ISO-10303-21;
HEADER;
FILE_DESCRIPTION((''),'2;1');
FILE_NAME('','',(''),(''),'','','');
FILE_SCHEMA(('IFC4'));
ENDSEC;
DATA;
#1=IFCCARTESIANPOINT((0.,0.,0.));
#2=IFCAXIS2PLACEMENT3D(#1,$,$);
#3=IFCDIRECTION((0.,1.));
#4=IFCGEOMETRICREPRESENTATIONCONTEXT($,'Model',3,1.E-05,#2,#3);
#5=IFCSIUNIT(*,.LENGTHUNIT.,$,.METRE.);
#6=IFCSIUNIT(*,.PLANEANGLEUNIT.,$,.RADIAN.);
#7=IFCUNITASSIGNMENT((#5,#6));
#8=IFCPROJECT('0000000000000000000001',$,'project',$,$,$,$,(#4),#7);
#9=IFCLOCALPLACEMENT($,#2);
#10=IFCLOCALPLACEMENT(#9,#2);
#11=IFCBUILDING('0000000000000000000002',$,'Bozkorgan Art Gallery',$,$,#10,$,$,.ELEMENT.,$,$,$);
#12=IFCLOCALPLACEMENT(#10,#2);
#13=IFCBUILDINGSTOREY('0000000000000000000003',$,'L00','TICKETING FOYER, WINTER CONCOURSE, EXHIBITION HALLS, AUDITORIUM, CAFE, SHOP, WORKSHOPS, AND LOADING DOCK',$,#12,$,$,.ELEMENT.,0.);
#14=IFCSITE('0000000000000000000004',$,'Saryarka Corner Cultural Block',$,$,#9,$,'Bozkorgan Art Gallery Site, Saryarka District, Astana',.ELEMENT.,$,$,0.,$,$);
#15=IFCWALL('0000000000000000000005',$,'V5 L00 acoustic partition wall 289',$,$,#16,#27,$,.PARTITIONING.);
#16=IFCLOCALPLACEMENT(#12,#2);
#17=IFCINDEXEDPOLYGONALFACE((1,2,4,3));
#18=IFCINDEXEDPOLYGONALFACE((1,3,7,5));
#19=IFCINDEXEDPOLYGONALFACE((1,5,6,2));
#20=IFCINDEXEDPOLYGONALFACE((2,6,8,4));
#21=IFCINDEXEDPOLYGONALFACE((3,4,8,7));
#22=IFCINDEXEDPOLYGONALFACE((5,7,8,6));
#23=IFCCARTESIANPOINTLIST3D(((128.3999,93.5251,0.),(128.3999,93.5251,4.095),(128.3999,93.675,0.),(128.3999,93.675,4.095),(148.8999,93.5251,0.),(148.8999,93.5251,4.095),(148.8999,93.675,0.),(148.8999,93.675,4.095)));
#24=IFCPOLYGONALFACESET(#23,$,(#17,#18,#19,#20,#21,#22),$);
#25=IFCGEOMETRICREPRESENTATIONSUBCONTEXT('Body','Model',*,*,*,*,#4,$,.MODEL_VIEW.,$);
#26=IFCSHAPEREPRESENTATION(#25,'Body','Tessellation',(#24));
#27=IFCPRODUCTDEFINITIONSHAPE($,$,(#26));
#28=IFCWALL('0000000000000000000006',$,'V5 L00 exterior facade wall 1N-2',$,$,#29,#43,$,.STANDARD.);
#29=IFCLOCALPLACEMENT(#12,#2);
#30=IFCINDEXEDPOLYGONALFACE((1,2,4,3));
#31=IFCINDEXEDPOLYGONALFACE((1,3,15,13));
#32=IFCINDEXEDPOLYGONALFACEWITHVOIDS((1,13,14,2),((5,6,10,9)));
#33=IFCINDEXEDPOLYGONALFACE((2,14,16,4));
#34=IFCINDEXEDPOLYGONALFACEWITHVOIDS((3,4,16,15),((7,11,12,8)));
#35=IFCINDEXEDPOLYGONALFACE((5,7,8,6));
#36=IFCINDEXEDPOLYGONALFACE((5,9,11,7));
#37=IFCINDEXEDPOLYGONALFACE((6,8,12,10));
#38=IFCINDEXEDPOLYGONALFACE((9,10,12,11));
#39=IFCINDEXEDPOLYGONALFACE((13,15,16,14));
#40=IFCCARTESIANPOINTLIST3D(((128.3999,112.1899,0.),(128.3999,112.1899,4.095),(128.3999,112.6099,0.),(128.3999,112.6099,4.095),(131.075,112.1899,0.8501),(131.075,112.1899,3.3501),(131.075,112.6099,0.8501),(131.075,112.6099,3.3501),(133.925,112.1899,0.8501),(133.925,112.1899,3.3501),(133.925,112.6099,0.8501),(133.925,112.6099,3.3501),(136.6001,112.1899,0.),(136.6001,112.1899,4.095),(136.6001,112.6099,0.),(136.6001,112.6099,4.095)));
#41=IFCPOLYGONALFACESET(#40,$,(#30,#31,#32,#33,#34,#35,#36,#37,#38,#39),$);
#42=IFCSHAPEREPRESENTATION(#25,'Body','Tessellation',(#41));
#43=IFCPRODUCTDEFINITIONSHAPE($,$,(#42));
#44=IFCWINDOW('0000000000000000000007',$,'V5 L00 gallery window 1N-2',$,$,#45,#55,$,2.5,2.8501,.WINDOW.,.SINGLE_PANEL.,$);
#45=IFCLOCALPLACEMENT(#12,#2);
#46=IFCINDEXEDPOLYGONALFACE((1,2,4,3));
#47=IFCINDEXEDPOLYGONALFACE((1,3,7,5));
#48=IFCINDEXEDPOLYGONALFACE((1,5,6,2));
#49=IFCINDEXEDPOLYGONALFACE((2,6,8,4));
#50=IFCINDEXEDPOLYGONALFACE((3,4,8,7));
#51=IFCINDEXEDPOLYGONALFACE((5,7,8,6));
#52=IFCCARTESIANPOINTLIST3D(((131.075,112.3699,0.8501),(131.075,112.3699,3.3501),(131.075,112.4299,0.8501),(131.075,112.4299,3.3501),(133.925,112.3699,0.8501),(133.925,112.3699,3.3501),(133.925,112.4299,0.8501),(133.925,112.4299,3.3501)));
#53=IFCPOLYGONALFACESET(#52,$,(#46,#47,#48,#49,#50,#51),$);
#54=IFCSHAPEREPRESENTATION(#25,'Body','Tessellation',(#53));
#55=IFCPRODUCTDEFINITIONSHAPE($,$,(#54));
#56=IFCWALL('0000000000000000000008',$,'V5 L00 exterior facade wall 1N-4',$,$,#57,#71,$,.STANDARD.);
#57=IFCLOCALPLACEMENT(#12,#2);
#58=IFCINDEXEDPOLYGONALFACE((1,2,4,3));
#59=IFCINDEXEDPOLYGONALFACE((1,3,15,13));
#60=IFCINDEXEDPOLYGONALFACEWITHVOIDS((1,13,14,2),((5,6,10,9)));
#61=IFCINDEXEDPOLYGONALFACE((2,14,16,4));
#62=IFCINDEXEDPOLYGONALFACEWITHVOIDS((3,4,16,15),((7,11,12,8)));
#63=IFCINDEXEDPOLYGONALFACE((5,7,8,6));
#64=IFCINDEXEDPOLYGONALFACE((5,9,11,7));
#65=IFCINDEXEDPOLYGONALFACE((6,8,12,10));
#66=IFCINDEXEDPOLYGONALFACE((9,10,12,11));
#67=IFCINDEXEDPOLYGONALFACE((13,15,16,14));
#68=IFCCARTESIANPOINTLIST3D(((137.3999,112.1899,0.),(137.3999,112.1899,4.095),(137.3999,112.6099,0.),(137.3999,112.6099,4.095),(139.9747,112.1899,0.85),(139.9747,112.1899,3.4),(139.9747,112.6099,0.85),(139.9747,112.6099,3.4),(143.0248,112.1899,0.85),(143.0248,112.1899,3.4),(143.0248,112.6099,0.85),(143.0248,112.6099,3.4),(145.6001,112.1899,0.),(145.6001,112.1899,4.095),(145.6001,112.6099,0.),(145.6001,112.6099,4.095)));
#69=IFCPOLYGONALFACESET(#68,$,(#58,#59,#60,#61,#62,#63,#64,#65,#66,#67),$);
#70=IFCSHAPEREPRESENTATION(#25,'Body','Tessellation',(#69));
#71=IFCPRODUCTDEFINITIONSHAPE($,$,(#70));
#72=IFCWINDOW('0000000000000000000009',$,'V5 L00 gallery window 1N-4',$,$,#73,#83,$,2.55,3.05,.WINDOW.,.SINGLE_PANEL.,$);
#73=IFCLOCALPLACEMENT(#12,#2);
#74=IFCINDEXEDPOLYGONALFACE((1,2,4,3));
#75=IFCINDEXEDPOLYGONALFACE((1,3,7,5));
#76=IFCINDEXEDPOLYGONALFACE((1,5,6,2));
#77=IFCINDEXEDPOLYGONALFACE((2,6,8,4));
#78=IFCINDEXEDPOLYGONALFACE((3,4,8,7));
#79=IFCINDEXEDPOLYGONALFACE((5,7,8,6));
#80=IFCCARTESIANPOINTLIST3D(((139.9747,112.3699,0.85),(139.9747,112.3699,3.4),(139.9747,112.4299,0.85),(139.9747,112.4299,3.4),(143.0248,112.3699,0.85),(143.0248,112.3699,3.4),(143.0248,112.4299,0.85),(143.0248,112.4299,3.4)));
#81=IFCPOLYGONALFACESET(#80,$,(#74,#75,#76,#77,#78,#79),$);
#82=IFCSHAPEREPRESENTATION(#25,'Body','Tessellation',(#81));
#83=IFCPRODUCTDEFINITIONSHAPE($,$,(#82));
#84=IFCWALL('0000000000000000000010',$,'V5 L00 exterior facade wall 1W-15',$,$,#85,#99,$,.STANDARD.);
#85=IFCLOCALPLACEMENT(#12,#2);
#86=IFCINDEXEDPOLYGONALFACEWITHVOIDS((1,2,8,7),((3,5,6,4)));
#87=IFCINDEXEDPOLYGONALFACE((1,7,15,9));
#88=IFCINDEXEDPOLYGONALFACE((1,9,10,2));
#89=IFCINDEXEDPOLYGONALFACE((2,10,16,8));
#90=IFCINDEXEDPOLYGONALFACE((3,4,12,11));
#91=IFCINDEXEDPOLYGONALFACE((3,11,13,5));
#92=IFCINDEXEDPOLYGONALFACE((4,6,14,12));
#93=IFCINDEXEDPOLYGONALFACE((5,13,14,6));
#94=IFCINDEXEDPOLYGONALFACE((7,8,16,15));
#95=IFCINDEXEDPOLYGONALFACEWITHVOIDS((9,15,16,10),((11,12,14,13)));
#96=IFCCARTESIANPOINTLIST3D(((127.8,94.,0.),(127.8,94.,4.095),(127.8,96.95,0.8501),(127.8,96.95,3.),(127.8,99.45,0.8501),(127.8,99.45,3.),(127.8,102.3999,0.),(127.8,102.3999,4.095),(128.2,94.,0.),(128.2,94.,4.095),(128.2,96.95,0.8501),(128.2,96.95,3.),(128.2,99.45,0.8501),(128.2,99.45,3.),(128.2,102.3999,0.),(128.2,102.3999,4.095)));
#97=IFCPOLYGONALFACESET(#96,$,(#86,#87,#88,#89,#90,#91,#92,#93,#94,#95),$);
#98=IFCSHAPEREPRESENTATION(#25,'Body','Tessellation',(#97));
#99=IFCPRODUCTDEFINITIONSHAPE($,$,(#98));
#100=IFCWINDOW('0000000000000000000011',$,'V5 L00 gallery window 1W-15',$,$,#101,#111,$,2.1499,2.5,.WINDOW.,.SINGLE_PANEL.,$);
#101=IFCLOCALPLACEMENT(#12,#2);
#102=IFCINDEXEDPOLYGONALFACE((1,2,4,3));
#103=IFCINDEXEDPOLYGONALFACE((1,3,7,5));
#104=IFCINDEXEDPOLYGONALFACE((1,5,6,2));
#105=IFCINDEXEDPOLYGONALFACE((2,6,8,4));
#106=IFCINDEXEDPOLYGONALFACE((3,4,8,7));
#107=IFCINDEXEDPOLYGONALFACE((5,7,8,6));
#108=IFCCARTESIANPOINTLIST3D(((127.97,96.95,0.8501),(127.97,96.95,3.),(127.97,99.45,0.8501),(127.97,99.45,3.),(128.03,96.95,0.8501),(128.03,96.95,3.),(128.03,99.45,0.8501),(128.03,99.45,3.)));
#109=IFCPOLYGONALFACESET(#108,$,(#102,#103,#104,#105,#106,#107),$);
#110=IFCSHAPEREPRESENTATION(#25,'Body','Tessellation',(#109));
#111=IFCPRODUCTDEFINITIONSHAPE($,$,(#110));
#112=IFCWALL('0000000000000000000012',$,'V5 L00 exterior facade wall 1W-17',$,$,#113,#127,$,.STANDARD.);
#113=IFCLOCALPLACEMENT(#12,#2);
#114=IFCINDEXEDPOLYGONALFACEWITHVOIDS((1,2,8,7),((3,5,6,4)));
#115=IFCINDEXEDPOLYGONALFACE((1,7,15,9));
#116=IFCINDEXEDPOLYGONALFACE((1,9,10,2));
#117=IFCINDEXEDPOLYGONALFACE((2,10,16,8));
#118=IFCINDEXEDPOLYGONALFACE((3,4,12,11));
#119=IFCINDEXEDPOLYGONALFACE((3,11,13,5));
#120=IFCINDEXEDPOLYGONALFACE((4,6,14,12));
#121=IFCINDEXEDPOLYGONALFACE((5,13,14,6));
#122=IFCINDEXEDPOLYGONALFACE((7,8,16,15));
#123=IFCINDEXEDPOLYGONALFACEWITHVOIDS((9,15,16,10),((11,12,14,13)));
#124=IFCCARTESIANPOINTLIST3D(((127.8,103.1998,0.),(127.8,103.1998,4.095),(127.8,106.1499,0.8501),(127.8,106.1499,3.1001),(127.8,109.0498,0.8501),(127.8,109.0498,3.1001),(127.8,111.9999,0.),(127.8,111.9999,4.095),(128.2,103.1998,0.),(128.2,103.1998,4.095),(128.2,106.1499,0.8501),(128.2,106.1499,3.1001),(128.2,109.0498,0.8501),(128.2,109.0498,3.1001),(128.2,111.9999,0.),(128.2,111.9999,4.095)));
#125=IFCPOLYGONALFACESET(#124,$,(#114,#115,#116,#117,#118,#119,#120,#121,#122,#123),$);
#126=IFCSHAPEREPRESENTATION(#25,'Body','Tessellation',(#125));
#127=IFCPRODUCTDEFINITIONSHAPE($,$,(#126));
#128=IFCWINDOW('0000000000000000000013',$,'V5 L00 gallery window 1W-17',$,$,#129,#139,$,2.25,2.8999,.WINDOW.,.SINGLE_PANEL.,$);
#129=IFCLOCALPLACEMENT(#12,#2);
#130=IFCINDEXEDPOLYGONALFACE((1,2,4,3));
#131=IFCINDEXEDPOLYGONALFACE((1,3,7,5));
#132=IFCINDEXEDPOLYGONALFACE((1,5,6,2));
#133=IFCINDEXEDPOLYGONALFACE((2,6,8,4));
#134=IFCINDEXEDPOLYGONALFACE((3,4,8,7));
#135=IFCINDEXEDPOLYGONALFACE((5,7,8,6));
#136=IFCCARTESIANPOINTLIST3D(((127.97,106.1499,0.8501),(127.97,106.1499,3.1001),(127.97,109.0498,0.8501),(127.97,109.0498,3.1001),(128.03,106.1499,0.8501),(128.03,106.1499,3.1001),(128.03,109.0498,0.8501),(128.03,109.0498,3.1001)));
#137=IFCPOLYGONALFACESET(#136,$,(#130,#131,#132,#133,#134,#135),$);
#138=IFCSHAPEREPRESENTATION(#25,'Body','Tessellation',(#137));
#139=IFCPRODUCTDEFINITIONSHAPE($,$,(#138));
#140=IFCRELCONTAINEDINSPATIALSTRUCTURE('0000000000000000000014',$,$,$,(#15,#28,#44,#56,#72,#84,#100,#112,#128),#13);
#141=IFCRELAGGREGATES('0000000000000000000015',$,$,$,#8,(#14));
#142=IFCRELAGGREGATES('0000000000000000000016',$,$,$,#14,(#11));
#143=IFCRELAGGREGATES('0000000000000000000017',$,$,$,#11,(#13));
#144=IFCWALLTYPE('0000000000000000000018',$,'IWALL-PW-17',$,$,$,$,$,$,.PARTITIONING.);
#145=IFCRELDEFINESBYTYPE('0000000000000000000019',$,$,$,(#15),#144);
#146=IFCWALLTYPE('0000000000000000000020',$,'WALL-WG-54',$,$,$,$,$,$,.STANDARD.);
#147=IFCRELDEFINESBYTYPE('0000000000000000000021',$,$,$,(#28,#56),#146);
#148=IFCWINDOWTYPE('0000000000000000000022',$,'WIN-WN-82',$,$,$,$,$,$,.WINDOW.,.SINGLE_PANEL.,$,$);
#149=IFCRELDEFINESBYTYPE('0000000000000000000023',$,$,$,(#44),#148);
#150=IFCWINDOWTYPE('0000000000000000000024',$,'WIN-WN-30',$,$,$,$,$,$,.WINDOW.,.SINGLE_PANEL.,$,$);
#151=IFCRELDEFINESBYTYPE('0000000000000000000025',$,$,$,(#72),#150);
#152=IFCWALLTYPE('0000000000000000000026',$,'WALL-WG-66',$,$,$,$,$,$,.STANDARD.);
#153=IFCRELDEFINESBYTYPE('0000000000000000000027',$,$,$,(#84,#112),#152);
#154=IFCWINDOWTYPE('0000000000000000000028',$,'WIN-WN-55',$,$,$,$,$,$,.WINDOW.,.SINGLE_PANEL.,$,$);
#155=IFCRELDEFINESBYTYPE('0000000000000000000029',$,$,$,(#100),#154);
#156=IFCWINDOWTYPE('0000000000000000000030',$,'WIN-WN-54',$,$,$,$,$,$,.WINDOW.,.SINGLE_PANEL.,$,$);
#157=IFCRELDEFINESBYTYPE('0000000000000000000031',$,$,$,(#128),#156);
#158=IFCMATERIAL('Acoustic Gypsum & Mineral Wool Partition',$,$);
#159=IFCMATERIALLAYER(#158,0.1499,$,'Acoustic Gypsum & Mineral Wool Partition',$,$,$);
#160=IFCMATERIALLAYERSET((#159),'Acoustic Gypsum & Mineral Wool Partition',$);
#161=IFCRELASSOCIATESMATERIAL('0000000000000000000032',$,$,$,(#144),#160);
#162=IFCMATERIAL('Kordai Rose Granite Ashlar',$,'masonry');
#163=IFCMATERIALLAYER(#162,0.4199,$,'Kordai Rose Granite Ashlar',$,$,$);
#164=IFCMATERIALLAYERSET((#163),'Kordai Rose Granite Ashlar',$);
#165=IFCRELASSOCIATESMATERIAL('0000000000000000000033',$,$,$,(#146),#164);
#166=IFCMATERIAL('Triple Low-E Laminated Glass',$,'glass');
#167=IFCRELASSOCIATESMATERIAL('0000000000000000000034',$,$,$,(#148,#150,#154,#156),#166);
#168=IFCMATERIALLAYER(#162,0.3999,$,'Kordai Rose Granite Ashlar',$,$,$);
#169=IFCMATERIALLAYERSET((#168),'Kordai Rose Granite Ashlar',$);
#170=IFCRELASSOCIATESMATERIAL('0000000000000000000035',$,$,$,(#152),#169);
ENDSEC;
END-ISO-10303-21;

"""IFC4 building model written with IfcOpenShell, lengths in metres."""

from ifc_helpers import new_model, si_unit, direction, frame, frame_2d, origin, place, context, subcontext, project, spatial, rectangle, extrude, material, layer, layer_set, type_object, element, fill, save


model = new_model("IFC4")

# Units and contexts
model_context = context("Model", 3, precision=1e-05, world=origin(), true_north=direction((0.0, 1.0)))
body_context = subcontext(model_context, "Body", "Model", "MODEL_VIEW")
ifc_project = project(units=[si_unit("LENGTHUNIT", "METRE"), si_unit("PLANEANGLEUNIT", "RADIAN")], contexts=[model_context])

# Site, building, storey
site_placement = place(None, origin())
site = spatial("IfcSite", under=ifc_project, at=site_placement, Name="Saryarka Corner Cultural Block", LongName="Bozkorgan Art Gallery Site, Saryarka District, Astana", CompositionType="ELEMENT", RefElevation=0.0)
building_placement = place(site_placement, origin())
building = spatial("IfcBuilding", under=site, at=building_placement, Name="Bozkorgan Art Gallery", CompositionType="ELEMENT")
storey_placement = place(building_placement, origin())
storey = spatial("IfcBuildingStorey", under=building, at=storey_placement, Name="L00", Description="TICKETING FOYER, WINTER CONCOURSE, EXHIBITION HALLS, AUDITORIUM, CAFE, SHOP, WORKSHOPS, AND LOADING DOCK", CompositionType="ELEMENT", Elevation=0.0)

# Wall
ifc_material_1 = material(Name="Acoustic Gypsum & Mineral Wool Partition")
ifc_layer_1 = layer(ifc_material_1, 0.1499, Name="Acoustic Gypsum & Mineral Wool Partition")
ifc_layer_set_1 = layer_set([ifc_layer_1], Name="Acoustic Gypsum & Mineral Wool Partition")
wall_type_1 = type_object("IfcWallType", Name="IWALL-PW-17", PredefinedType="PARTITIONING", material=ifc_layer_set_1)
wall_1_placement = place(storey_placement, frame((128.3999, 93.6001, 0.0), z_axis=(0.0, 0.0, 1.0), x_axis=(1.0, 0.0, 0.0)))
element("IfcWall", 1, at=wall_1_placement, inside=storey, type_object=wall_type_1, Name="V5 L00 acoustic partition wall 289", PredefinedType="PARTITIONING", context=body_context, shape_type="SweptSolid", body=[
    extrude(rectangle(XDim=20.5, YDim=0.1499, at=frame_2d((10.25, 0.0))), origin(), (0.0, 0.0, 1.0), 4.095),
])

# Walls, openings, windows
ifc_material_2 = material(Name="Kordai Rose Granite Ashlar", Category="masonry")
ifc_layer_2 = layer(ifc_material_2, 0.4199, Name="Kordai Rose Granite Ashlar")
ifc_layer_set_2 = layer_set([ifc_layer_2], Name="Kordai Rose Granite Ashlar")
wall_type_2 = type_object("IfcWallType", Name="WALL-WG-54", PredefinedType="STANDARD", material=ifc_layer_set_2)
wall_2_placement = place(storey_placement, frame((128.3999, 112.3999, 0.0), z_axis=(0.0, 0.0, 1.0), x_axis=(1.0, 0.0, 0.0)))
wall_2 = element("IfcWall", 2, at=wall_2_placement, inside=storey, type_object=wall_type_2, Name="V5 L00 exterior facade wall 1N-2", PredefinedType="STANDARD", context=body_context, shape_type="SweptSolid", body=[
    extrude(rectangle(XDim=8.2002, YDim=0.4199, at=frame_2d((4.1001, 0.0))), origin(), (0.0, 0.0, 1.0), 4.095),
])
opening_1_placement = place(wall_2_placement, frame((2.675, 0.0, 0.8501)))
opening_1 = element("IfcOpeningElement", 3, at=opening_1_placement, cuts=wall_2, PredefinedType="OPENING", context=body_context, shape_type="SweptSolid", body=[
    extrude(rectangle(XDim=2.8501, YDim=2.5, at=frame_2d((1.425, 1.25))), frame((0.0, 0.22, 0.0), z_axis=(0.0, -1.0, 0.0), x_axis=(1.0, 0.0, 0.0)), (0.0, 0.0, 1.0), 0.4399),
])
ifc_material_3 = material(Name="Triple Low-E Laminated Glass", Category="glass")
window_type_1 = type_object("IfcWindowType", Name="WIN-WN-82", PartitioningType="SINGLE_PANEL", PredefinedType="WINDOW", material=ifc_material_3)
window_1_placement = place(opening_1_placement, origin())
window_1 = element("IfcWindow", 4, at=window_1_placement, inside=storey, type_object=window_type_1, Name="V5 L00 gallery window 1N-2", OverallHeight=2.5, OverallWidth=2.8501, PartitioningType="SINGLE_PANEL", PredefinedType="WINDOW", context=body_context, shape_type="SweptSolid", body=[
    extrude(rectangle(XDim=2.8501, YDim=2.5, at=frame_2d((1.425, 1.25))), frame((0.0, 0.03, 0.0), z_axis=(0.0, -1.0, 0.0), x_axis=(1.0, 0.0, 0.0)), (0.0, 0.0, 1.0), 0.0601),
])
fill(opening_1, window_1)
wall_3_placement = place(storey_placement, frame((137.3999, 112.3999, 0.0), z_axis=(0.0, 0.0, 1.0), x_axis=(1.0, 0.0, 0.0)))
wall_3 = element("IfcWall", 5, at=wall_3_placement, inside=storey, type_object=wall_type_2, Name="V5 L00 exterior facade wall 1N-4", PredefinedType="STANDARD", context=body_context, shape_type="SweptSolid", body=[
    extrude(rectangle(XDim=8.2002, YDim=0.4199, at=frame_2d((4.1001, 0.0))), origin(), (0.0, 0.0, 1.0), 4.095),
])
opening_2_placement = place(wall_3_placement, frame((2.575, 0.0, 0.8501)))
opening_2 = element("IfcOpeningElement", 6, at=opening_2_placement, cuts=wall_3, PredefinedType="OPENING", context=body_context, shape_type="SweptSolid", body=[
    extrude(rectangle(XDim=3.05, YDim=2.55, at=frame_2d((1.5249, 1.2749))), frame((0.0, 0.22, 0.0), z_axis=(0.0, -1.0, 0.0), x_axis=(1.0, 0.0, 0.0)), (0.0, 0.0, 1.0), 0.4399),
])
window_type_2 = type_object("IfcWindowType", Name="WIN-WN-30", PartitioningType="SINGLE_PANEL", PredefinedType="WINDOW", material=ifc_material_3)
window_2_placement = place(opening_2_placement, origin())
window_2 = element("IfcWindow", 7, at=window_2_placement, inside=storey, type_object=window_type_2, Name="V5 L00 gallery window 1N-4", OverallHeight=2.55, OverallWidth=3.05, PartitioningType="SINGLE_PANEL", PredefinedType="WINDOW", context=body_context, shape_type="SweptSolid", body=[
    extrude(rectangle(XDim=3.05, YDim=2.55, at=frame_2d((1.5249, 1.2749))), frame((0.0, 0.03, 0.0), z_axis=(0.0, -1.0, 0.0), x_axis=(1.0, 0.0, 0.0)), (0.0, 0.0, 1.0), 0.0601),
])
fill(opening_2, window_2)
ifc_layer_3 = layer(ifc_material_2, 0.3999, Name="Kordai Rose Granite Ashlar")
ifc_layer_set_3 = layer_set([ifc_layer_3], Name="Kordai Rose Granite Ashlar")
wall_type_3 = type_object("IfcWallType", Name="WALL-WG-66", PredefinedType="STANDARD", material=ifc_layer_set_3)
wall_4_placement = place(storey_placement, frame((128.0, 94.0, 0.0), z_axis=(0.0, 0.0, 1.0), x_axis=(0.0, 1.0, 0.0)))
wall_4 = element("IfcWall", 8, at=wall_4_placement, inside=storey, type_object=wall_type_3, Name="V5 L00 exterior facade wall 1W-15", PredefinedType="STANDARD", context=body_context, shape_type="SweptSolid", body=[
    extrude(rectangle(XDim=8.3999, YDim=0.3999, at=frame_2d((4.2, 0.0))), origin(), (0.0, 0.0, 1.0), 4.095),
])
opening_3_placement = place(wall_4_placement, frame((2.95, 0.0, 0.8501)))
opening_3 = element("IfcOpeningElement", 9, at=opening_3_placement, cuts=wall_4, PredefinedType="OPENING", context=body_context, shape_type="SweptSolid", body=[
    extrude(rectangle(XDim=2.5, YDim=2.1499, at=frame_2d((1.25, 1.075))), frame((0.0, 0.21, 0.0), z_axis=(0.0, -1.0, 0.0), x_axis=(1.0, 0.0, 0.0)), (0.0, 0.0, 1.0), 0.4199),
])
window_type_3 = type_object("IfcWindowType", Name="WIN-WN-55", PartitioningType="SINGLE_PANEL", PredefinedType="WINDOW", material=ifc_material_3)
window_3_placement = place(opening_3_placement, origin())
window_3 = element("IfcWindow", 10, at=window_3_placement, inside=storey, type_object=window_type_3, Name="V5 L00 gallery window 1W-15", OverallHeight=2.1499, OverallWidth=2.5, PartitioningType="SINGLE_PANEL", PredefinedType="WINDOW", context=body_context, shape_type="SweptSolid", body=[
    extrude(rectangle(XDim=2.5, YDim=2.1499, at=frame_2d((1.25, 1.075))), frame((0.0, 0.03, 0.0), z_axis=(0.0, -1.0, 0.0), x_axis=(1.0, 0.0, 0.0)), (0.0, 0.0, 1.0), 0.0601),
])
fill(opening_3, window_3)
wall_5_placement = place(storey_placement, frame((128.0, 103.2, 0.0), z_axis=(0.0, 0.0, 1.0), x_axis=(0.0, 1.0, 0.0)))
wall_5 = element("IfcWall", 11, at=wall_5_placement, inside=storey, type_object=wall_type_3, Name="V5 L00 exterior facade wall 1W-17", PredefinedType="STANDARD", context=body_context, shape_type="SweptSolid", body=[
    extrude(rectangle(XDim=8.8, YDim=0.3999, at=frame_2d((4.3999, 0.0))), origin(), (0.0, 0.0, 1.0), 4.095),
])
opening_4_placement = place(wall_5_placement, frame((2.95, 0.0, 0.8501)))
opening_4 = element("IfcOpeningElement", 12, at=opening_4_placement, cuts=wall_5, PredefinedType="OPENING", context=body_context, shape_type="SweptSolid", body=[
    extrude(rectangle(XDim=2.8999, YDim=2.25, at=frame_2d((1.45, 1.125))), frame((0.0, 0.21, 0.0), z_axis=(0.0, -1.0, 0.0), x_axis=(1.0, 0.0, 0.0)), (0.0, 0.0, 1.0), 0.4199),
])
window_type_4 = type_object("IfcWindowType", Name="WIN-WN-54", PartitioningType="SINGLE_PANEL", PredefinedType="WINDOW", material=ifc_material_3)
window_4_placement = place(opening_4_placement, origin())
window_4 = element("IfcWindow", 13, at=window_4_placement, inside=storey, type_object=window_type_4, Name="V5 L00 gallery window 1W-17", OverallHeight=2.25, OverallWidth=2.8999, PartitioningType="SINGLE_PANEL", PredefinedType="WINDOW", context=body_context, shape_type="SweptSolid", body=[
    extrude(rectangle(XDim=2.8999, YDim=2.25, at=frame_2d((1.45, 1.125))), frame((0.0, 0.03, 0.0), z_axis=(0.0, -1.0, 0.0), x_axis=(1.0, 0.0, 0.0)), (0.0, 0.0, 1.0), 0.0601),
])
fill(opening_4, window_4)

save(model, "model.ifc")
